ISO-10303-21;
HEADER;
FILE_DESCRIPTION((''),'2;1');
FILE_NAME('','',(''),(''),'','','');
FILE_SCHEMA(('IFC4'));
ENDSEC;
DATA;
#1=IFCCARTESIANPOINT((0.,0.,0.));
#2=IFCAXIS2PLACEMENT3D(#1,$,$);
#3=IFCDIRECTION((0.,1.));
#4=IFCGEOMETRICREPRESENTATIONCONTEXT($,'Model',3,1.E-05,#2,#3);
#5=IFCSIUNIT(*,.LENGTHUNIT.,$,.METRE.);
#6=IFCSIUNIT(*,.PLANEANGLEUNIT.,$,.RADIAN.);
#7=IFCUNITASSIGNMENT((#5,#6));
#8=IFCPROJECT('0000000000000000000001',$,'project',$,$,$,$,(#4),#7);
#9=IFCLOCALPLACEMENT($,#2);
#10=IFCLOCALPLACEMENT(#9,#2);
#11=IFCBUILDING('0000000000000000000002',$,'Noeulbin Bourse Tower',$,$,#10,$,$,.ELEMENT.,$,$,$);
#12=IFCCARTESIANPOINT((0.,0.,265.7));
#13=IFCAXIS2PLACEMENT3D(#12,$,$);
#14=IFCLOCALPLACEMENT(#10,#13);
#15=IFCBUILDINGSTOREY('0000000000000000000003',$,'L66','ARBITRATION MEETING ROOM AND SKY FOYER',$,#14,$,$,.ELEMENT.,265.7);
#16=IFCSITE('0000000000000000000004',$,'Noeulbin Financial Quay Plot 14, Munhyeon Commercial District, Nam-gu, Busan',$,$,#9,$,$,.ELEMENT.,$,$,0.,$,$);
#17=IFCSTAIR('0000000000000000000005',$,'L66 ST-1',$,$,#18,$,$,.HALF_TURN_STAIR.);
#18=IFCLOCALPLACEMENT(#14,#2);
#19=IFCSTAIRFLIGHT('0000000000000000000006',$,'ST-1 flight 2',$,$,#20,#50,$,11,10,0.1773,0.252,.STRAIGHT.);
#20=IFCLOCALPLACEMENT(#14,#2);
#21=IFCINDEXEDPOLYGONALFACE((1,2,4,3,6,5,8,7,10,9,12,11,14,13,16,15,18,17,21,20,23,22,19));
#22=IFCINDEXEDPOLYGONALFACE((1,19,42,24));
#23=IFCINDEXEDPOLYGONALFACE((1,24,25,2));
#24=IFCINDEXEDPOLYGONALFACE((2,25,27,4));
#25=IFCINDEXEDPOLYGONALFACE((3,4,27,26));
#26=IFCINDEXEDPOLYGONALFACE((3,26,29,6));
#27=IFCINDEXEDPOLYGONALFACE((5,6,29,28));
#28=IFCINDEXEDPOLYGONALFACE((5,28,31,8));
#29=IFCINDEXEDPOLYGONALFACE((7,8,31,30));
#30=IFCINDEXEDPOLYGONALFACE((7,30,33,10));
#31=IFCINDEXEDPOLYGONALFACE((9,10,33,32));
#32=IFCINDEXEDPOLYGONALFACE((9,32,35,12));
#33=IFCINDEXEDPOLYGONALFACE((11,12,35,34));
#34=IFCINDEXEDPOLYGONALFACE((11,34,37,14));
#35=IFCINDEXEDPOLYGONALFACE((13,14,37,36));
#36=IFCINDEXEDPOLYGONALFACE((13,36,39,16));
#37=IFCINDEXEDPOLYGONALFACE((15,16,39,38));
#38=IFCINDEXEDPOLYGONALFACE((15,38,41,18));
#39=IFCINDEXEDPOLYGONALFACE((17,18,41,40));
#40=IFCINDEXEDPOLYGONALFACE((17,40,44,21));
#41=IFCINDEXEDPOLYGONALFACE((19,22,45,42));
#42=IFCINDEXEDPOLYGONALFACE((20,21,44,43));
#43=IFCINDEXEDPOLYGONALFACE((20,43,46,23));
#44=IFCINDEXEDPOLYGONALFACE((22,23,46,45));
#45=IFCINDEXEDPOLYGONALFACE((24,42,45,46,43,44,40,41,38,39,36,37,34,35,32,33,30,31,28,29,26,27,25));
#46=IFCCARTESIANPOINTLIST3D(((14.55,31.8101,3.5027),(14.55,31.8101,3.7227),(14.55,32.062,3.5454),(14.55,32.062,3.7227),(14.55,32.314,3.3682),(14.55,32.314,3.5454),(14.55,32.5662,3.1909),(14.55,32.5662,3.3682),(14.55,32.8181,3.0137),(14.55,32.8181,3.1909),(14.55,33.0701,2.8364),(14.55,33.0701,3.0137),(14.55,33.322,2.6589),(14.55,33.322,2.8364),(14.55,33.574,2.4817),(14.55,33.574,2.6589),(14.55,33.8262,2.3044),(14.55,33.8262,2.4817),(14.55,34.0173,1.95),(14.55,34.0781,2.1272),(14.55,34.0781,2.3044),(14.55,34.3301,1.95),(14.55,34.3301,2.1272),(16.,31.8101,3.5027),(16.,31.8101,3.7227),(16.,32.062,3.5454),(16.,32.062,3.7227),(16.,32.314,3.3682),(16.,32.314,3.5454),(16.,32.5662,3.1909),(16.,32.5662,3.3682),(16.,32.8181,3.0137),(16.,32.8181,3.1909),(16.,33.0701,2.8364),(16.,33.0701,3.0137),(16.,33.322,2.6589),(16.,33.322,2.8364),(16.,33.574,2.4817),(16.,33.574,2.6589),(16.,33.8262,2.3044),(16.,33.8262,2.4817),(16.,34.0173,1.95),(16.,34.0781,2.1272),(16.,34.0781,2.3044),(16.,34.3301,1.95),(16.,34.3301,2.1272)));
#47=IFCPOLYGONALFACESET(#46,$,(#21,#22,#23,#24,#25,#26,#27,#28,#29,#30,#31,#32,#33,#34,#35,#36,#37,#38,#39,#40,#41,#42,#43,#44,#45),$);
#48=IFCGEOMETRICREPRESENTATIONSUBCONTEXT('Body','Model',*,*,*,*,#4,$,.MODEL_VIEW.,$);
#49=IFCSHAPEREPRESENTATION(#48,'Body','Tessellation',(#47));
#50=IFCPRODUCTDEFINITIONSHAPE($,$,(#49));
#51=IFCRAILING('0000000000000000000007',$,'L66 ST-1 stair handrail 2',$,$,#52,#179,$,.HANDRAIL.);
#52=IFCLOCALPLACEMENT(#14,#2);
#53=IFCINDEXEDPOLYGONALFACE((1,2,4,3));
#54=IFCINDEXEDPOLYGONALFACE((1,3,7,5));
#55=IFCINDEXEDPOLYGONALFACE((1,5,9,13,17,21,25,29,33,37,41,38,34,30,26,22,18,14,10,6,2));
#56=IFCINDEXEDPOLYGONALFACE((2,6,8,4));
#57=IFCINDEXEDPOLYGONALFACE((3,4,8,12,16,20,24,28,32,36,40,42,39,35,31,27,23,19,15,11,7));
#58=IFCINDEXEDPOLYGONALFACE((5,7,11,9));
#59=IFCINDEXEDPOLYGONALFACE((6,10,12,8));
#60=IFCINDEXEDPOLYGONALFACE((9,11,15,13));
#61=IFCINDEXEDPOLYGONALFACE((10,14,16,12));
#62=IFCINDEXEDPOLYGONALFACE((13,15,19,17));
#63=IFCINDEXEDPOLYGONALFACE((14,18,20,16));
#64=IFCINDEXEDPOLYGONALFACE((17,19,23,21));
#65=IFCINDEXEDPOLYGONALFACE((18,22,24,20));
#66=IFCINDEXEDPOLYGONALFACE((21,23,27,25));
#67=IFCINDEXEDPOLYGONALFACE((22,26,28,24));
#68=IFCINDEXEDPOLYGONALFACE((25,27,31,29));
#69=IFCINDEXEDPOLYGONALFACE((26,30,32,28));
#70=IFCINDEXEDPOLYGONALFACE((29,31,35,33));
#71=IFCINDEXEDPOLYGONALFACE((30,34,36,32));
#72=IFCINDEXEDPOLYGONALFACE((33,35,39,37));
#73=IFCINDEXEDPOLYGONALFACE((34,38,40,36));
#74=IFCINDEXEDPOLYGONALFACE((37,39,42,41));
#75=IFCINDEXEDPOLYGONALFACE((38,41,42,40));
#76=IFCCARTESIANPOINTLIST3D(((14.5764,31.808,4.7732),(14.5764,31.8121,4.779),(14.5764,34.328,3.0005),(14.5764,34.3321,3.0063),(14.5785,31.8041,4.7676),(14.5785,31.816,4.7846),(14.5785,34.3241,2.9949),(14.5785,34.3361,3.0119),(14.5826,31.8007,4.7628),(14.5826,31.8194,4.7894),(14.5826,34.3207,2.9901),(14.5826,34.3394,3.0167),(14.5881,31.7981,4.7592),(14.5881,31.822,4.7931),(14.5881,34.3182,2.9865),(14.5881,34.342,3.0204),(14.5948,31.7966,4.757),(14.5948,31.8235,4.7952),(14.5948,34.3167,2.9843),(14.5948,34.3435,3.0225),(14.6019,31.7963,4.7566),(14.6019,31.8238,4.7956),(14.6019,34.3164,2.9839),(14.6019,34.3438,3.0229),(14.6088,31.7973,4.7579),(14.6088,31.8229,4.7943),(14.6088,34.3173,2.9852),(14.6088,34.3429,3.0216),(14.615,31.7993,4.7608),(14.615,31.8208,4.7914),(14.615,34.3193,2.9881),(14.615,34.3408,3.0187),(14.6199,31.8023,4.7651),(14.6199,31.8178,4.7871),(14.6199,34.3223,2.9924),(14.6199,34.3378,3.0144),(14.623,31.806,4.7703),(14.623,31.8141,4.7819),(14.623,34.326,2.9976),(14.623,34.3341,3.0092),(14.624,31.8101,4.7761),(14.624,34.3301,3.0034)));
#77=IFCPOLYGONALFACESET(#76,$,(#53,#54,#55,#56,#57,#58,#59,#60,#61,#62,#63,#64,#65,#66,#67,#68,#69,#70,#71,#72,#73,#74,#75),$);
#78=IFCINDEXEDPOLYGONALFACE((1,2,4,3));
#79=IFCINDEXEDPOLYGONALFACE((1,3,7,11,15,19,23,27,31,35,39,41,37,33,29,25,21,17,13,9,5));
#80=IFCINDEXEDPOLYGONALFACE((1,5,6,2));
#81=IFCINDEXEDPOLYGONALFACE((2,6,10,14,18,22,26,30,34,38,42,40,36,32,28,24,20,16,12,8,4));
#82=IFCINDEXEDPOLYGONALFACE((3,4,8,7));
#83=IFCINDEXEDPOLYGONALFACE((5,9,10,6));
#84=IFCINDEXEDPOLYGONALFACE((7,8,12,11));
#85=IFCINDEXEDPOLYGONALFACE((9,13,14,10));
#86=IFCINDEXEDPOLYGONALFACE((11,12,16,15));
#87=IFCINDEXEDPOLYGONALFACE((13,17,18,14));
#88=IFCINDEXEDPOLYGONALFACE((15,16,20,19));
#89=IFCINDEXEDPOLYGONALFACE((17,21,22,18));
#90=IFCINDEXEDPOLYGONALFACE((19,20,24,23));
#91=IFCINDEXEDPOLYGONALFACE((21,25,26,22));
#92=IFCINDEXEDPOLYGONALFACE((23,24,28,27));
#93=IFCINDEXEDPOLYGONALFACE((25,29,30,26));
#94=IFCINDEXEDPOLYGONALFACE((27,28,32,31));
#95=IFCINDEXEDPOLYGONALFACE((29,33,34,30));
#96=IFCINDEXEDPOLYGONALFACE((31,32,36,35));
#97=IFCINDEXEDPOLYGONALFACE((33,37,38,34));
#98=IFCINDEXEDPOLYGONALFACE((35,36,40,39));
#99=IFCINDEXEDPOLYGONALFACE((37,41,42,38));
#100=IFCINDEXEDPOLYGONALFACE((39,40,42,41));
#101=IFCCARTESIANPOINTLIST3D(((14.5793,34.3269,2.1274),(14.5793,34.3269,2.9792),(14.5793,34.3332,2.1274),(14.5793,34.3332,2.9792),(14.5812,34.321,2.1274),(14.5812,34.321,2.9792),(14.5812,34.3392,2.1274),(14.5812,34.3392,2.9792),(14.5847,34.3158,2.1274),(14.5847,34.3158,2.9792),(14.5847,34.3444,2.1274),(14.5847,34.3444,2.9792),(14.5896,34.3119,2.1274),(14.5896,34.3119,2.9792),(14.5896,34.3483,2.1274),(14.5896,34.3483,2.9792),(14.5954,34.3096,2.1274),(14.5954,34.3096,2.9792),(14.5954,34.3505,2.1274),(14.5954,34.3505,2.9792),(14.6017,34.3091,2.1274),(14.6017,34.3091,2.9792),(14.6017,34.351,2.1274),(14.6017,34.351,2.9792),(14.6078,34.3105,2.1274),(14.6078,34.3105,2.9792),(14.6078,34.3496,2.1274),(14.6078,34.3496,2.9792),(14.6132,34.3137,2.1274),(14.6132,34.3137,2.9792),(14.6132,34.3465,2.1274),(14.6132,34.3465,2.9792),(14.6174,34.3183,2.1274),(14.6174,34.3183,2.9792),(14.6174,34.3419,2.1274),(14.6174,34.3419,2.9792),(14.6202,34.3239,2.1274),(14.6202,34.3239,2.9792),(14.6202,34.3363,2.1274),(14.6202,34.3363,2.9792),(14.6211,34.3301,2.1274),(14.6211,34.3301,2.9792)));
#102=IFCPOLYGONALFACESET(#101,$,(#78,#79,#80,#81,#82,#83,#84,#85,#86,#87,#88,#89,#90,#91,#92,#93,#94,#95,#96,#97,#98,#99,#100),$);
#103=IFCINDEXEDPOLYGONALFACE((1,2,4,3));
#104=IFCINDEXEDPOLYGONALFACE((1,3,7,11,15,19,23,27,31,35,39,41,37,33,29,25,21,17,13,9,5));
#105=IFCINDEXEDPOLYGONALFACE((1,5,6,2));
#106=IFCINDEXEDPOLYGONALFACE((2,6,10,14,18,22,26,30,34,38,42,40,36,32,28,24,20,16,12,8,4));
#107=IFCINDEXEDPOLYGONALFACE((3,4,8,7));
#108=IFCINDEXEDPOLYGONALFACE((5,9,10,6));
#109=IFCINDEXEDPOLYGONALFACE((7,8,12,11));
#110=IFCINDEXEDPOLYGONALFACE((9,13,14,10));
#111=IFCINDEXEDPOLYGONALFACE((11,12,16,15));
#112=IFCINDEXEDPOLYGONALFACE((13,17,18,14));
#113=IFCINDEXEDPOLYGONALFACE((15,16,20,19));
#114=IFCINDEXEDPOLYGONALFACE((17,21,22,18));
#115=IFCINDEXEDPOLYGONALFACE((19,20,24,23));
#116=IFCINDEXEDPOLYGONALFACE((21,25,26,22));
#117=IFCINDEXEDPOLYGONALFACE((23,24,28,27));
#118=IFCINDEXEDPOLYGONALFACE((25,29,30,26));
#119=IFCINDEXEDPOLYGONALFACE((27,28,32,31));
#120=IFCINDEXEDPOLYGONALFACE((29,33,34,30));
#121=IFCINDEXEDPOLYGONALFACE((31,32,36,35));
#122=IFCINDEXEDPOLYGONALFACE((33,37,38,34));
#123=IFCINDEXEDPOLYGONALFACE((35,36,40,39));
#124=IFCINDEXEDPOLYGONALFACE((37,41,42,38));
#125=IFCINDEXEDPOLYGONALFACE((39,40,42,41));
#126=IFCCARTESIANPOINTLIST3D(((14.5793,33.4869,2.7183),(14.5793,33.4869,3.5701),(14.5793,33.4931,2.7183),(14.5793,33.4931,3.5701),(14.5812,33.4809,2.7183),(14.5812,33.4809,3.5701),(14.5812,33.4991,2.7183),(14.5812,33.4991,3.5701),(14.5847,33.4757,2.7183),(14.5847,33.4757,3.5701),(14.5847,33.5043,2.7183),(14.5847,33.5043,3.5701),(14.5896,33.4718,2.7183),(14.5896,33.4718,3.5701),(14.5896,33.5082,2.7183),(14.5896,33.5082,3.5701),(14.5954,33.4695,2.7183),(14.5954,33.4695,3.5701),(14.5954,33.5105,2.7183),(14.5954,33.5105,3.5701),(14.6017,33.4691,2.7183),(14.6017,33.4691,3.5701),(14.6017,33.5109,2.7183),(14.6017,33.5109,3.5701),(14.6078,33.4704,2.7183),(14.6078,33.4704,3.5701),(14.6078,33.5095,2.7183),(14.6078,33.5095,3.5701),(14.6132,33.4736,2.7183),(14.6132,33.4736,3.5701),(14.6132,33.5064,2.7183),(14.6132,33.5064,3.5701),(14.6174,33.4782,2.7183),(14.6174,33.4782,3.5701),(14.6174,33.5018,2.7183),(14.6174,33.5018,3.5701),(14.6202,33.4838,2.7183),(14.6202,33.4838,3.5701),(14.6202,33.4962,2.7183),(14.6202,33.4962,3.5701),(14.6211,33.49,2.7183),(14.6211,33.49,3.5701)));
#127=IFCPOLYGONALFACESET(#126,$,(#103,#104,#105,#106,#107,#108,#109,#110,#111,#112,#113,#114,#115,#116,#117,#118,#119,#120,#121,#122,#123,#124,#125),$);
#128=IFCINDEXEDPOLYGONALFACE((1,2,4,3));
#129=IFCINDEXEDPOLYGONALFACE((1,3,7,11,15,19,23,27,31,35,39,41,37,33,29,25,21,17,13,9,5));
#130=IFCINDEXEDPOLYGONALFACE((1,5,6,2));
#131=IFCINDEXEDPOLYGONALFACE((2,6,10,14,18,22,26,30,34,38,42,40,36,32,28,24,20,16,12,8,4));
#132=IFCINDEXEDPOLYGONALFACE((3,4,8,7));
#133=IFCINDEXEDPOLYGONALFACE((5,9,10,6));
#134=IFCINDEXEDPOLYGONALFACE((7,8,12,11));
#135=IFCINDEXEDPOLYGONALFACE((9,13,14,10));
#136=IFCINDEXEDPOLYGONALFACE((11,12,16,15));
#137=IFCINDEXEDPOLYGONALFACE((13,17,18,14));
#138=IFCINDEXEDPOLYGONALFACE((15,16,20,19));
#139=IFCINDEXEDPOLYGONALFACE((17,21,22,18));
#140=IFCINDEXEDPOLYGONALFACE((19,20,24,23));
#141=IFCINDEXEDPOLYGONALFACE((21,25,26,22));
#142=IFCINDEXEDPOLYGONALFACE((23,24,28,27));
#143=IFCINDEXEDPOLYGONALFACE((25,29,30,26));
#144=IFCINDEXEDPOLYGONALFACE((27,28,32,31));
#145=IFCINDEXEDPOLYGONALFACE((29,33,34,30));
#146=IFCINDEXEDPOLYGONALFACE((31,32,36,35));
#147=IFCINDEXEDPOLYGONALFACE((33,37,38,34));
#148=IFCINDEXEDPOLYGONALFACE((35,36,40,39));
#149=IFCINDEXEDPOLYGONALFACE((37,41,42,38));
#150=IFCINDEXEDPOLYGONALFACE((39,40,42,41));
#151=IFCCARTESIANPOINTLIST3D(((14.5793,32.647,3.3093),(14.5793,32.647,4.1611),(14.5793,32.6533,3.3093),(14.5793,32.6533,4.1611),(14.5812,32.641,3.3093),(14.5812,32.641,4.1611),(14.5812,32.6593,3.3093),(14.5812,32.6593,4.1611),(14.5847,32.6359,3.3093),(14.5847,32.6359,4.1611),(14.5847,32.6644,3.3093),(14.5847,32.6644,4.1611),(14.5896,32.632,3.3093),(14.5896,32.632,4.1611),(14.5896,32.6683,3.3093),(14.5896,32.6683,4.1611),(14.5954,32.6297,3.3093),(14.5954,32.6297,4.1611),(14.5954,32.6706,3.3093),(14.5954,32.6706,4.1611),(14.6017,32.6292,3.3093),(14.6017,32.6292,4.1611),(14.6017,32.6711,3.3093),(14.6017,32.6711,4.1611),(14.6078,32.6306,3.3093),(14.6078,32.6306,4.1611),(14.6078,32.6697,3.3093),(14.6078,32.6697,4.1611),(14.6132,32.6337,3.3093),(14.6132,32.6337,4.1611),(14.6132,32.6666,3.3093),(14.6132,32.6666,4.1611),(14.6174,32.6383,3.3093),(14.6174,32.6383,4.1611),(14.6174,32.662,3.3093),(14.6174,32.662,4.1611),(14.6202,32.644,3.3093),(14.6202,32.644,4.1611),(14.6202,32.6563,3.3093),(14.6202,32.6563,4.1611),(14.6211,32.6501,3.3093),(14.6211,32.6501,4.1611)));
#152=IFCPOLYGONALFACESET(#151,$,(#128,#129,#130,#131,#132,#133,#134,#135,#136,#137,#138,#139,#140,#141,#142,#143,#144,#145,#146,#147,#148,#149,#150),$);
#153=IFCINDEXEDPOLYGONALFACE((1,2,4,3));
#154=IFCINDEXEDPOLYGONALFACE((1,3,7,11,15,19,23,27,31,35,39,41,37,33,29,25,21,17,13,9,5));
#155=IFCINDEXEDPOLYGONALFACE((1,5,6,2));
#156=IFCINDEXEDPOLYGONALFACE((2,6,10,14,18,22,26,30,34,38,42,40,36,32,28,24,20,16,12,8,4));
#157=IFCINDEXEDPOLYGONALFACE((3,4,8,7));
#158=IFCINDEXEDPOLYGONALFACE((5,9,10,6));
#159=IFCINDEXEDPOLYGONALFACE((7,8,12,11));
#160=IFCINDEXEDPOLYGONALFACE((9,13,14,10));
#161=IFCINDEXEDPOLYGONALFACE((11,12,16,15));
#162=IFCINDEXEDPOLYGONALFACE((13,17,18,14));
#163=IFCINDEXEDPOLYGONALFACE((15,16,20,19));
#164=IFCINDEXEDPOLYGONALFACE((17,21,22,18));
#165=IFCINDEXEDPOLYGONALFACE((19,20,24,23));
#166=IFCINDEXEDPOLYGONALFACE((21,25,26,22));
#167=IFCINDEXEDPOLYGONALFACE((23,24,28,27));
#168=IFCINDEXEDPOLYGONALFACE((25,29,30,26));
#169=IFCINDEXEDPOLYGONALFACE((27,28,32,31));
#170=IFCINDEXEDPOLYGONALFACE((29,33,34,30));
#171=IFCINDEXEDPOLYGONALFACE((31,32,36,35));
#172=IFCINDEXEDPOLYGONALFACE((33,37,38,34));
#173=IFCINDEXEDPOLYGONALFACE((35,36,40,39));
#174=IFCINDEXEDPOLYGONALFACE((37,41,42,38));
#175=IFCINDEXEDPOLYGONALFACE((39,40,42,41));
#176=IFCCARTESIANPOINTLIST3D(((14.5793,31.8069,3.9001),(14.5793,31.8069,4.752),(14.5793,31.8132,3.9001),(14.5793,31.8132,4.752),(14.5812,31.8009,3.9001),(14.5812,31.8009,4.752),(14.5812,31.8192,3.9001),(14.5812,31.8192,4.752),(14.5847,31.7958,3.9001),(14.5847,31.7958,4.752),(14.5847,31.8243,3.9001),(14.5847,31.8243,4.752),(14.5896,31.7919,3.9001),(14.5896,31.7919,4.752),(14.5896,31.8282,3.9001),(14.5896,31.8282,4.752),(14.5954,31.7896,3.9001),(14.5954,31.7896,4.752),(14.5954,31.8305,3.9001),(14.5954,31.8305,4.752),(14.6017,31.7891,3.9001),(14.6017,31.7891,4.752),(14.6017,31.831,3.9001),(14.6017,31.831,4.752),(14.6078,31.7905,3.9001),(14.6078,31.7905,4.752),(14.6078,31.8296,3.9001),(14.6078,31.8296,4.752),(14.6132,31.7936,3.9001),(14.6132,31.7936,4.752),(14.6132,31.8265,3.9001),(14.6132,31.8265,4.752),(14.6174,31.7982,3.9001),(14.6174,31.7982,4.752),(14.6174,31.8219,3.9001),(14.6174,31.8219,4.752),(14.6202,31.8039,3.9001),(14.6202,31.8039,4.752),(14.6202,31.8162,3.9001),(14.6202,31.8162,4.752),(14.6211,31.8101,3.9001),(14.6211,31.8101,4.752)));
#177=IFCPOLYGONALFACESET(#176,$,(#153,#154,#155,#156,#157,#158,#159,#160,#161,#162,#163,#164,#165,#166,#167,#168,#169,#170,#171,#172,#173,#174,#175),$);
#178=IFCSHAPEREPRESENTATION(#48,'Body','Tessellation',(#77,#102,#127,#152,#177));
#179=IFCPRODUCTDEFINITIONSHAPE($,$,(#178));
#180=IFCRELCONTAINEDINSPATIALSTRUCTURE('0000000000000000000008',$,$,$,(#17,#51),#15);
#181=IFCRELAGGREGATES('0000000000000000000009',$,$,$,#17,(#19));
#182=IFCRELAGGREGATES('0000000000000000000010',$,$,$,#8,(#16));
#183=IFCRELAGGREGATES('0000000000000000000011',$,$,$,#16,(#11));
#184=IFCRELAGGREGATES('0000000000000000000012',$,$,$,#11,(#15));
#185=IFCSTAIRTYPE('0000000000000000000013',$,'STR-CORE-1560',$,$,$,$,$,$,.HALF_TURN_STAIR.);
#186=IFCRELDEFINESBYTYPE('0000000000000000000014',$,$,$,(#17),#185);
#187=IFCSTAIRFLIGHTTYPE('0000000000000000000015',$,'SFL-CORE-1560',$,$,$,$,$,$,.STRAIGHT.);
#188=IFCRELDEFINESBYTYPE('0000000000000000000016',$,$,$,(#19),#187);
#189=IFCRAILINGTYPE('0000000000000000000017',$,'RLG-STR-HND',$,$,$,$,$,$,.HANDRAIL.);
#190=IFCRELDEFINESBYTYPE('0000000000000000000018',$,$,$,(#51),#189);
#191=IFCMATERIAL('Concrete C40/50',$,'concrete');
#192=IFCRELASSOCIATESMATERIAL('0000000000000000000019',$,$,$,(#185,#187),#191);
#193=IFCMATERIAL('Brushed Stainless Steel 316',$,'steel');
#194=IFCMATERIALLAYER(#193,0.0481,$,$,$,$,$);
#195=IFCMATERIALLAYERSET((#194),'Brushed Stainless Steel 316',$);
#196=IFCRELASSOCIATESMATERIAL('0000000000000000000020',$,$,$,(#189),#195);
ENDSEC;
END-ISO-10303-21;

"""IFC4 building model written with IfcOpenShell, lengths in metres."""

from ifc_helpers import new_model, si_unit, direction, frame, origin, origin_2d, place, context, subcontext, project, spatial, polyline, circle, outline, extrude, material, layer, layer_set, type_object, element, aggregate, save


model = new_model("IFC4")

# Units and contexts
model_context = context("Model", 3, precision=1e-05, world=origin(), true_north=direction((0.0, 1.0)))
body_context = subcontext(model_context, "Body", "Model", "MODEL_VIEW")
ifc_project = project(units=[si_unit("LENGTHUNIT", "METRE"), si_unit("PLANEANGLEUNIT", "RADIAN")], contexts=[model_context])

# Site, building, storey
site_placement = place(None, origin())
site = spatial("IfcSite", under=ifc_project, at=site_placement, Name="Noeulbin Financial Quay Plot 14, Munhyeon Commercial District, Nam-gu, Busan", CompositionType="ELEMENT", RefElevation=0.0)
building_placement = place(site_placement, origin())
building = spatial("IfcBuilding", under=site, at=building_placement, Name="Noeulbin Bourse Tower", CompositionType="ELEMENT")
storey_placement = place(building_placement, frame((0.0, 0.0, 265.7)))
storey = spatial("IfcBuildingStorey", under=building, at=storey_placement, Name="L66", Description="ARBITRATION MEETING ROOM AND SKY FOYER", CompositionType="ELEMENT", Elevation=265.7)

# Shared definitions
ifc_material_1 = material(Name="Concrete C40/50", Category="concrete")

# Stair, stair flight
stair_type = type_object("IfcStairType", Name="STR-CORE-1560", PredefinedType="HALF_TURN_STAIR", material=ifc_material_1)
stair_placement = place(storey_placement, origin())
stair = element("IfcStair", 1, at=stair_placement, inside=storey, type_object=stair_type, Name="L66 ST-1", PredefinedType="HALF_TURN_STAIR")
stair_flight_type = type_object("IfcStairFlightType", Name="SFL-CORE-1560", PredefinedType="STRAIGHT", material=ifc_material_1)
stair_flight_placement = place(storey_placement, frame((15.2749, 34.3301, 1.95), z_axis=(0.0, 0.0, 1.0), x_axis=(0.0, -1.0, 0.0)))
stair_flight = element("IfcStairFlight", 2, at=stair_flight_placement, type_object=stair_flight_type, Name="ST-1 flight 2", NumberOfRisers=11, NumberOfTreads=10, PredefinedType="STRAIGHT", RiserHeight=0.1773, TreadLength=0.252, context=body_context, shape_type="SweptSolid", body=[
    extrude(outline(polyline([(0.0, 0.0), (0.0, 0.1772), (0.252, 0.1772), (0.252, 0.3545), (0.5039, 0.3545), (0.5039, 0.5317), (0.7561, 0.5317), (0.7561, 0.709), (1.0081, 0.709), (1.0081, 0.8865), (1.26, 0.8865), (1.26, 1.0637), (1.512, 1.0637), (1.512, 1.241), (1.7639, 1.241), (1.7639, 1.4182), (2.0161, 1.4182), (2.0161, 1.5955), (2.2681, 1.5955), (2.2681, 1.7727), (2.52, 1.7727), (2.52, 1.95), (2.52, 1.5527), (0.3127, 0.0), (0.0, 0.0)])), frame((0.0, 0.7251, 0.0), z_axis=(0.0, -1.0, 0.0), x_axis=(1.0, 0.0, 0.0)), (0.0, 0.0, 1.0), 1.45),
])
aggregate(stair, [stair_flight])

# Railing
ifc_material_2 = material(Name="Brushed Stainless Steel 316", Category="steel")
ifc_layer_1 = layer(ifc_material_2, 0.0481)
ifc_layer_set_1 = layer_set([ifc_layer_1], Name="Brushed Stainless Steel 316")
railing_type = type_object("IfcRailingType", Name="RLG-STR-HND", PredefinedType="HANDRAIL", material=ifc_layer_set_1)
railing_placement = place(storey_placement, frame((14.6001, 34.3301, 2.1274)))
element("IfcRailing", 3, at=railing_placement, inside=storey, type_object=railing_type, Name="L66 ST-1 stair handrail 2", PredefinedType="HANDRAIL", context=body_context, shape_type="SweptSolid", body=[
    extrude(circle(Radius=0.0239, at=origin_2d()), frame((0.0, 0.0, 0.876), z_axis=(0.0, -0.817904, 0.575354), x_axis=(1.0, 0.0, 0.0)), (0.0, 0.0, 1.0), 3.0811),
    extrude(circle(Radius=0.021, at=origin_2d()), origin(), (0.0, 0.0, 1.0), 0.8518),
    extrude(circle(Radius=0.021, at=origin_2d()), frame((0.0, -0.8401, 0.5908)), (0.0, 0.0, 1.0), 0.8518),
    extrude(circle(Radius=0.021, at=origin_2d()), frame((0.0, -1.6799, 1.1819)), (0.0, 0.0, 1.0), 0.8518),
    extrude(circle(Radius=0.021, at=origin_2d()), frame((0.0, -2.52, 1.7727)), (0.0, 0.0, 1.0), 0.8518),
])

save(model, "model.ifc")
